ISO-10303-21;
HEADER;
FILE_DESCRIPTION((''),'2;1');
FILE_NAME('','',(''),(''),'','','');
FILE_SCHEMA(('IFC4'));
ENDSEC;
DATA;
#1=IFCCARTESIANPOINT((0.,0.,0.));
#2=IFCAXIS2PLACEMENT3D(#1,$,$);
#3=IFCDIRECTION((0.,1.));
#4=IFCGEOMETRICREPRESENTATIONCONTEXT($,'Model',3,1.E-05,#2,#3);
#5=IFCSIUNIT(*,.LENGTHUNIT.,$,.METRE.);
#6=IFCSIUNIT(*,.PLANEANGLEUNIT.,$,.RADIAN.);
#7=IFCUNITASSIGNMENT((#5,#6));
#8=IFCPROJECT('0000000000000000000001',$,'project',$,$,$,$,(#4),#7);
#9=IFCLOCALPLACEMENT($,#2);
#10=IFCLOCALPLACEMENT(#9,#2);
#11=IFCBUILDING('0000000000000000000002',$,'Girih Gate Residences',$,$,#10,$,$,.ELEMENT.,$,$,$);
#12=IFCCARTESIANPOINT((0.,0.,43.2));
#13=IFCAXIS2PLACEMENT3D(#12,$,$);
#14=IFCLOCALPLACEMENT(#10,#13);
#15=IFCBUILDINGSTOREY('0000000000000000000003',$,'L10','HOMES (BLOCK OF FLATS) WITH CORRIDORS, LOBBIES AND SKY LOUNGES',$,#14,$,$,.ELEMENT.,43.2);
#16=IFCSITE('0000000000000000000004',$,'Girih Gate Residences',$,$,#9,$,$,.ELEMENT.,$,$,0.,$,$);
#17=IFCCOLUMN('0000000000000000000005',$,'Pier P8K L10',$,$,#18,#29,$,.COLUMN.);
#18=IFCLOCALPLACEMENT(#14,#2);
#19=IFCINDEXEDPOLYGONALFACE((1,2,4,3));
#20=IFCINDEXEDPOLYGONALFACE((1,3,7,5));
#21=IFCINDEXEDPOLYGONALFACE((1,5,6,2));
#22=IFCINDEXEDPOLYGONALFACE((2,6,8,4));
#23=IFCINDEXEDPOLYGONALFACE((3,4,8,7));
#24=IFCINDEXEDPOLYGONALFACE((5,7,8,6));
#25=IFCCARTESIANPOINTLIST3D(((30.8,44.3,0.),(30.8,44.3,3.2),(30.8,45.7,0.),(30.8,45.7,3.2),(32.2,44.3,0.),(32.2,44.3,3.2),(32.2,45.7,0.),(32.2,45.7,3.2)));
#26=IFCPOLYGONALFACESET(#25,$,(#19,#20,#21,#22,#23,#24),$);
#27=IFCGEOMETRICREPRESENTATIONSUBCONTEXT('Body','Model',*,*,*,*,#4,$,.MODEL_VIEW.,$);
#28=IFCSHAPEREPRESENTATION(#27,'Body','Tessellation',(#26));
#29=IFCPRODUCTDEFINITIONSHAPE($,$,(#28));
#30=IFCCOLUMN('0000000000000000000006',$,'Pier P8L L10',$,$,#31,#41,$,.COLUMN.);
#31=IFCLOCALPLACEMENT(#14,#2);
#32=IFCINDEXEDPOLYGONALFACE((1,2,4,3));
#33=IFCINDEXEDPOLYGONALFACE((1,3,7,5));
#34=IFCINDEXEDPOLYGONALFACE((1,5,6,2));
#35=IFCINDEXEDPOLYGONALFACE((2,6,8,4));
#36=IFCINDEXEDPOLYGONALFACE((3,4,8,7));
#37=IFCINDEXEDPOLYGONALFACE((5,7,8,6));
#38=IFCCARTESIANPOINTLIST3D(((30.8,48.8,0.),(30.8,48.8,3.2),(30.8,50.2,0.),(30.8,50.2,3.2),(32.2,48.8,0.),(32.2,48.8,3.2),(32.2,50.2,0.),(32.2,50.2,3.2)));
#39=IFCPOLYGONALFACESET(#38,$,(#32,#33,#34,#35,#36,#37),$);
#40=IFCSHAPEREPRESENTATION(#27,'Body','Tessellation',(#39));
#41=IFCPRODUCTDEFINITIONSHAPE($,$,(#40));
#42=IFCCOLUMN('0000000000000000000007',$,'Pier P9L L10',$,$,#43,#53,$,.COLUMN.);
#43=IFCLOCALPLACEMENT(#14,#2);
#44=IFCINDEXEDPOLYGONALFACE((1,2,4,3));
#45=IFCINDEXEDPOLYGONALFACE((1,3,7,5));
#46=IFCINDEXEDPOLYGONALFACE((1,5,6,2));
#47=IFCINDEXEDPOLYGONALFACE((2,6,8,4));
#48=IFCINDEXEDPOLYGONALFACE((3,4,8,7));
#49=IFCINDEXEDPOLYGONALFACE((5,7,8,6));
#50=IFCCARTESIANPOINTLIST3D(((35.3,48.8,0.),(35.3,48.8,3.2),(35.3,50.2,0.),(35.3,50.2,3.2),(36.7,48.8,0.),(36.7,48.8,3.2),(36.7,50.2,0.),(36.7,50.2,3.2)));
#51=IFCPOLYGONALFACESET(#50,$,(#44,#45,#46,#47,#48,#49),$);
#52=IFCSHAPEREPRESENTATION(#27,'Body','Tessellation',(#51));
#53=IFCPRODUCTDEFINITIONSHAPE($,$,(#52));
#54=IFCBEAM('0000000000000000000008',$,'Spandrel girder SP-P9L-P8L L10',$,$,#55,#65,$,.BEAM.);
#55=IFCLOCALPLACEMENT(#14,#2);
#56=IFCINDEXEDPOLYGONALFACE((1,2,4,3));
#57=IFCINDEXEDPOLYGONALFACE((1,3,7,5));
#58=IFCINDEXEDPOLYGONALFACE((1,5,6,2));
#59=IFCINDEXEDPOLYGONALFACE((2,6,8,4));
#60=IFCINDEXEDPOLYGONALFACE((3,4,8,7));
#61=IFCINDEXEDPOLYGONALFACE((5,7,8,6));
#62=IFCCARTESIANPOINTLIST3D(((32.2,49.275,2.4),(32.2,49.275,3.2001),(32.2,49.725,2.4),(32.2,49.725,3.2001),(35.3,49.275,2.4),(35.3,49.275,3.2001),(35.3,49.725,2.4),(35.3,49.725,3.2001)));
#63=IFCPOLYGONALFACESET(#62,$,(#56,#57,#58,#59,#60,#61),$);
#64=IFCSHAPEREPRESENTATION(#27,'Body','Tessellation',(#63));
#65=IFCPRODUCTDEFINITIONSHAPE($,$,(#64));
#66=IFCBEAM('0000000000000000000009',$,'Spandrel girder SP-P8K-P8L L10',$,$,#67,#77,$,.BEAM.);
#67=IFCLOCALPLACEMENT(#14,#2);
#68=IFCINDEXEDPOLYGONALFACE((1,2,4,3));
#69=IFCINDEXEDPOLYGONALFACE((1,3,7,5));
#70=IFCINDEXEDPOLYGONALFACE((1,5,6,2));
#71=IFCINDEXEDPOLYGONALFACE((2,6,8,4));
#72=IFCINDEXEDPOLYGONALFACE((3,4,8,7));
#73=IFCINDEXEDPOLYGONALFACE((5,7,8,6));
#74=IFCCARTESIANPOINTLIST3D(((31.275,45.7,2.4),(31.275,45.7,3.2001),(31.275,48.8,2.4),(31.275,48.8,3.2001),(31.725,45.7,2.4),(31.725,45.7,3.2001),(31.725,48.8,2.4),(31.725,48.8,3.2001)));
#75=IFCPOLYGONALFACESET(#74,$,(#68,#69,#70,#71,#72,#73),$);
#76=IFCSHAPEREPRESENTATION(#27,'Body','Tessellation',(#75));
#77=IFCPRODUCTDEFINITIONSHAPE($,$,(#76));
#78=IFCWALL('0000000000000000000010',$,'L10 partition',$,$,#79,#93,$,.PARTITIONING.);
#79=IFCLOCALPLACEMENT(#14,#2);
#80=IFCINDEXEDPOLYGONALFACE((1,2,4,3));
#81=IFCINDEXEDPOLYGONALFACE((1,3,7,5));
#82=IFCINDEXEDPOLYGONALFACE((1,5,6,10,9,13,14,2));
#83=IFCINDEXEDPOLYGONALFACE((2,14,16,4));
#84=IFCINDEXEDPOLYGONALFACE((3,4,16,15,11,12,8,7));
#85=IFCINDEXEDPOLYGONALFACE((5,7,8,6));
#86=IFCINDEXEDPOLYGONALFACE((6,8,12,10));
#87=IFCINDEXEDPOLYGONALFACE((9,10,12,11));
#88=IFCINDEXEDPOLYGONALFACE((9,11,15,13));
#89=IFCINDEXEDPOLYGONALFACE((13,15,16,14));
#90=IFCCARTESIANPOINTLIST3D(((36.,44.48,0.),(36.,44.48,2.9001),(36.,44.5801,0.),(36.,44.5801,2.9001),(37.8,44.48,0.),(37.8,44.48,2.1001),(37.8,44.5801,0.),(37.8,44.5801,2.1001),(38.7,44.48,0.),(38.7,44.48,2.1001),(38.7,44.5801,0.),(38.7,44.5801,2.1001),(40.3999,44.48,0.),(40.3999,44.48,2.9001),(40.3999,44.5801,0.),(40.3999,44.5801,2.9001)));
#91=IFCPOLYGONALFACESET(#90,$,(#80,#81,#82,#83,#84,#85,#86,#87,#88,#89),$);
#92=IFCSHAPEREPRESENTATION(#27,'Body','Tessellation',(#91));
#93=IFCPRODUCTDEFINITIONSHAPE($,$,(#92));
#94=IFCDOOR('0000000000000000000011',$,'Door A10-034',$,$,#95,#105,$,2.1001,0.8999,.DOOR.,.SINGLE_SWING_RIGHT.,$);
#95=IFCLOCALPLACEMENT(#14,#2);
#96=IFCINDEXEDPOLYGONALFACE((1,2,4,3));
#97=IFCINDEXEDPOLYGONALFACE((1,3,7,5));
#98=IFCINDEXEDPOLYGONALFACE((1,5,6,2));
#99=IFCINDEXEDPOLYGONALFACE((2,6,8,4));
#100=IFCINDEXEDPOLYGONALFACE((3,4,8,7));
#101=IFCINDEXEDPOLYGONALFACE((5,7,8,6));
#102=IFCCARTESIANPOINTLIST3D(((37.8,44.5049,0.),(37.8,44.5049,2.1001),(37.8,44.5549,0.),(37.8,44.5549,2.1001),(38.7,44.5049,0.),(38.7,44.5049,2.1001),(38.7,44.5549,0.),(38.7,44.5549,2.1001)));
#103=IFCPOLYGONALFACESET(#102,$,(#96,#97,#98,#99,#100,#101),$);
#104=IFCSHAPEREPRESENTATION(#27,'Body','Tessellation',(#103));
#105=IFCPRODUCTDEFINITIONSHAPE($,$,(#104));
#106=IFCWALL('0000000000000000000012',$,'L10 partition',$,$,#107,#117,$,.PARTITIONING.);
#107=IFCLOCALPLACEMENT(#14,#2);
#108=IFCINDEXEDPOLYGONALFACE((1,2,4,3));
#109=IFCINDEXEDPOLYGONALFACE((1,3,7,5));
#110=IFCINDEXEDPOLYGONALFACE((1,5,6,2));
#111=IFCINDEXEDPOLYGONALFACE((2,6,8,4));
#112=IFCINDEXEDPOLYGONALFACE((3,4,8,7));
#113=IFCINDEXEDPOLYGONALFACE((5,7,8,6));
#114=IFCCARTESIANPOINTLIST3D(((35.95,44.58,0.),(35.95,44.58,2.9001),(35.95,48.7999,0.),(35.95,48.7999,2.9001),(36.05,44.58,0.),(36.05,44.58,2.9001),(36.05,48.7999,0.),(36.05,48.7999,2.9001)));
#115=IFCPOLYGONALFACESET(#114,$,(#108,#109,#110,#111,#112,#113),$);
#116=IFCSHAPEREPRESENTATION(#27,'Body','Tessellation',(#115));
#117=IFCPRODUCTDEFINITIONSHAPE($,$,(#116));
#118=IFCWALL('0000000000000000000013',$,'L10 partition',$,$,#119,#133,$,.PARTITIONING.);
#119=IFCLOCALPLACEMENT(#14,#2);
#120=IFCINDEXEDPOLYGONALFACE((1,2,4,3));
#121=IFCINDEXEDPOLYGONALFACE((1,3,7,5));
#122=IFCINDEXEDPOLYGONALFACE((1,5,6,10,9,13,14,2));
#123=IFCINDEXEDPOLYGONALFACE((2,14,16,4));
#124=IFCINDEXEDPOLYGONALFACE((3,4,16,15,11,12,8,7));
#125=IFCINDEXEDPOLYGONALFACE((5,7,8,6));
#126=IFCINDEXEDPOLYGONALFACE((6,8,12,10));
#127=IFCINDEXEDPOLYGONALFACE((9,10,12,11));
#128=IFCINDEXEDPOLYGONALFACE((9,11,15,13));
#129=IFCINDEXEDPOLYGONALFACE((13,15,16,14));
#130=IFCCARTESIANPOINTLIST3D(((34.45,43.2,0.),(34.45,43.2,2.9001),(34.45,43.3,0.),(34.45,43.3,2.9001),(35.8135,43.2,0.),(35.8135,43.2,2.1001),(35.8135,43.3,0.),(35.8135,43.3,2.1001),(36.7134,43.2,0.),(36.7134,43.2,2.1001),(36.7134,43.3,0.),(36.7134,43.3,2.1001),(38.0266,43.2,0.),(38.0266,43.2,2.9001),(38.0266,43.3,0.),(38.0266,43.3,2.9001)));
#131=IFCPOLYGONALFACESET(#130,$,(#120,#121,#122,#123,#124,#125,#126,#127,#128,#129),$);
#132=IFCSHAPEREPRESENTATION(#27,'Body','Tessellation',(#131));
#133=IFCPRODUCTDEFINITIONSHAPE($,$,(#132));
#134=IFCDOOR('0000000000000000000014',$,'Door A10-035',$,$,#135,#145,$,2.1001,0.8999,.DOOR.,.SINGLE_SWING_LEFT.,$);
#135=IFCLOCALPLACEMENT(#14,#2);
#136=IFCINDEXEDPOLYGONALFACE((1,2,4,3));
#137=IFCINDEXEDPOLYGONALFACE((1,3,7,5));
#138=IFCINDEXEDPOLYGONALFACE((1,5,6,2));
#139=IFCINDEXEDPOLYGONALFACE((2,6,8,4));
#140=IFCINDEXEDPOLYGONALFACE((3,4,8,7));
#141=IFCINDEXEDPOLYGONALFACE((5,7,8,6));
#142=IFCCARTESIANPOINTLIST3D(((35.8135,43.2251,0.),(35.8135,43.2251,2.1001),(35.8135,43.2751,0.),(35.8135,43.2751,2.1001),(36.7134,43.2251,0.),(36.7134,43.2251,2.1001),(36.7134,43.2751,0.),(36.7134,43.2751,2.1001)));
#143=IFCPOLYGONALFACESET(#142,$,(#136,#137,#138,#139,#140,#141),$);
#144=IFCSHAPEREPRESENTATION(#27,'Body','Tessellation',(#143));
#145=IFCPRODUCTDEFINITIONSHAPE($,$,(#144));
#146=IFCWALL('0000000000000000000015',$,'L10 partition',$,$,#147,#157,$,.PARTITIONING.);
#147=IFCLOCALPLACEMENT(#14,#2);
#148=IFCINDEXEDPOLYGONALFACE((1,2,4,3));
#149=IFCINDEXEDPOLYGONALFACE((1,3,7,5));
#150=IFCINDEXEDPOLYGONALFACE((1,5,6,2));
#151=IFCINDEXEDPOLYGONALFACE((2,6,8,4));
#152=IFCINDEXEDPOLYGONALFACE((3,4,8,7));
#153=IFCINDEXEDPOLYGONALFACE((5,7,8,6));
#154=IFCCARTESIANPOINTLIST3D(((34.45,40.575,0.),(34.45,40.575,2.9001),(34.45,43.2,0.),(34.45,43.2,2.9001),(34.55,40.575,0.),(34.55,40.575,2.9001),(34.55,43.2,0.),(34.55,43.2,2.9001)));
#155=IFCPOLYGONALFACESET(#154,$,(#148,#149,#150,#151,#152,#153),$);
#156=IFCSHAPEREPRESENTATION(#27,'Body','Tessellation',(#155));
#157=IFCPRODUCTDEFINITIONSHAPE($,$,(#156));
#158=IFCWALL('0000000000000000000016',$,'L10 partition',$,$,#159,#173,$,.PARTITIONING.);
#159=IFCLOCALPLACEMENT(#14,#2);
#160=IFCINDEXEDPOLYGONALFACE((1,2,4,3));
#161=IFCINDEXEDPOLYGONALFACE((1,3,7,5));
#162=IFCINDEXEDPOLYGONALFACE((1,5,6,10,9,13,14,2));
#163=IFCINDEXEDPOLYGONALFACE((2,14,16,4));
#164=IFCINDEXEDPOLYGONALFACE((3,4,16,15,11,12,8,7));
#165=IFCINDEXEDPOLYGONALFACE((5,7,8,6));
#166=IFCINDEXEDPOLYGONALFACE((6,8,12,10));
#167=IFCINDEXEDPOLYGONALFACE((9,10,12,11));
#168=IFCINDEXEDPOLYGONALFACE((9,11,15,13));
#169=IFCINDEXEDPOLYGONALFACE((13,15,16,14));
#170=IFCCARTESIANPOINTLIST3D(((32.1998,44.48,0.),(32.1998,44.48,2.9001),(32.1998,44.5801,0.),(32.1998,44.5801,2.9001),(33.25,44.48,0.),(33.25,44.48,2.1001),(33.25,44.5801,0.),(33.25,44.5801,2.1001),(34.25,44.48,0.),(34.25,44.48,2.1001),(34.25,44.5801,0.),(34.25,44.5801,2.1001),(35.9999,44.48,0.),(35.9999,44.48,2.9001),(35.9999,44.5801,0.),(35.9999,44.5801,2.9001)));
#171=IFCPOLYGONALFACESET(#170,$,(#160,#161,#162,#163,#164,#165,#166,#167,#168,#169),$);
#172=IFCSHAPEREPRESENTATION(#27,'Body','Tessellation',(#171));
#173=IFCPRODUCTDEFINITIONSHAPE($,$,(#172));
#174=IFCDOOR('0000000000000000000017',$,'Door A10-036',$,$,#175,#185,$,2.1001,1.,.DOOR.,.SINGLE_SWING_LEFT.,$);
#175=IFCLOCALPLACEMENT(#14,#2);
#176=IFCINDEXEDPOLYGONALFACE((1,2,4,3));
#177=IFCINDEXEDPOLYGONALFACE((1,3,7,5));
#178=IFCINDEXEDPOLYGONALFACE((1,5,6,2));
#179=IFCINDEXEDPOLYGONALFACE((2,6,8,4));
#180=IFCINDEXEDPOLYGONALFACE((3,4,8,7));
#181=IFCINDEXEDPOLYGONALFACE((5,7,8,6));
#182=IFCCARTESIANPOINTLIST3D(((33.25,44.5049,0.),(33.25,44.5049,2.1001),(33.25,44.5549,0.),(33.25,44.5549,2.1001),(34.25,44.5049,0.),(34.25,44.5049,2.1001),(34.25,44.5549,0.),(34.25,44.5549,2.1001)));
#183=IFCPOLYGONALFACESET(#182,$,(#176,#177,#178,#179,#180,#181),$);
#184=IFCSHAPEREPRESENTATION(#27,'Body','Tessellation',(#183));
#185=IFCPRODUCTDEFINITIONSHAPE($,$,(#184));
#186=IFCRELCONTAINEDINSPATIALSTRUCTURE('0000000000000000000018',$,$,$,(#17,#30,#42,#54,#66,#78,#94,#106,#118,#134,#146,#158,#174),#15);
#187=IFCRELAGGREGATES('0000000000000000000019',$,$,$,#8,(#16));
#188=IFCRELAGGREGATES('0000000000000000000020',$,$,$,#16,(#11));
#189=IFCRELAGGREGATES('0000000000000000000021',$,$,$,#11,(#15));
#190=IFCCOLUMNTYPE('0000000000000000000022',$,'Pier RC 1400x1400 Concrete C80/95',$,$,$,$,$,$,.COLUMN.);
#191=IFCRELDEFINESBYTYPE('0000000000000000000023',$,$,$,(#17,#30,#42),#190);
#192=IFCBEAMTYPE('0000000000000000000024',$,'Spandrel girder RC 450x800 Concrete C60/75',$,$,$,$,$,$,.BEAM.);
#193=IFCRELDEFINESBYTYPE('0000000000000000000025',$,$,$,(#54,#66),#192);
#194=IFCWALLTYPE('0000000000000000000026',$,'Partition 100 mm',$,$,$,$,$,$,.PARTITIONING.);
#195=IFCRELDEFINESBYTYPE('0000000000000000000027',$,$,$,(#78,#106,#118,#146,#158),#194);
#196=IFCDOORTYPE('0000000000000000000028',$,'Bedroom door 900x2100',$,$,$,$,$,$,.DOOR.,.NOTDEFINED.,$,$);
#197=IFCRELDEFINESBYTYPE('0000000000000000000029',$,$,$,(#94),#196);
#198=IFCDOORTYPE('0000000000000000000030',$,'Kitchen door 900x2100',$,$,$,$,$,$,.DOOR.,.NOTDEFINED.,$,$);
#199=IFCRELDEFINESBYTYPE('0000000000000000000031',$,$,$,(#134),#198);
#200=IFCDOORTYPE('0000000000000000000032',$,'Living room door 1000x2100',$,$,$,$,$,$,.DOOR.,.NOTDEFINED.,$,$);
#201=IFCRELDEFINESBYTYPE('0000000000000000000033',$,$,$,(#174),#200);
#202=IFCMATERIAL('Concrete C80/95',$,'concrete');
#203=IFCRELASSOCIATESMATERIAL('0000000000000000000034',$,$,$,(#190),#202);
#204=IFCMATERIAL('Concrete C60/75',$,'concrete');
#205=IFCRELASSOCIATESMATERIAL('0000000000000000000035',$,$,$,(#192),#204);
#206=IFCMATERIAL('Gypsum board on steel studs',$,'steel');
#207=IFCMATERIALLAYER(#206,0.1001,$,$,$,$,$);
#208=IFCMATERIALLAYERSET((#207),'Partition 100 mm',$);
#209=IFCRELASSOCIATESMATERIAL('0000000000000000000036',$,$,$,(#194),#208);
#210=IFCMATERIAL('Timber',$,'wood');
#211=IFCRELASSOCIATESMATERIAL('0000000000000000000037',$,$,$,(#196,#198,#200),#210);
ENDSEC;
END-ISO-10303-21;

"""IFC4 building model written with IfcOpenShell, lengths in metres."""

from ifc_helpers import new_model, si_unit, direction, frame, frame_2d, origin, origin_2d, place, context, subcontext, project, spatial, rectangle, extrude, material, layer, layer_set, material_profile, profile_set, type_object, element, fill, save


model = new_model("IFC4")

# Units and contexts
model_context = context("Model", 3, precision=1e-05, world=origin(), true_north=direction((0.0, 1.0)))
body_context = subcontext(model_context, "Body", "Model", "MODEL_VIEW")
ifc_project = project(units=[si_unit("LENGTHUNIT", "METRE"), si_unit("PLANEANGLEUNIT", "RADIAN")], contexts=[model_context])

# Site, building, storey
site_placement = place(None, origin())
site = spatial("IfcSite", under=ifc_project, at=site_placement, Name="Girih Gate Residences", CompositionType="ELEMENT", RefElevation=0.0)
building_placement = place(site_placement, origin())
building = spatial("IfcBuilding", under=site, at=building_placement, Name="Girih Gate Residences", CompositionType="ELEMENT")
storey_placement = place(building_placement, frame((0.0, 0.0, 43.2)))
storey = spatial("IfcBuildingStorey", under=building, at=storey_placement, Name="L10", Description="HOMES (BLOCK OF FLATS) WITH CORRIDORS, LOBBIES AND SKY LOUNGES", CompositionType="ELEMENT", Elevation=43.2)

# Columns
ifc_material_1 = material(Name="Concrete C80/95", Category="concrete")
ifc_material_profile_1 = material_profile(ifc_material_1, rectangle(XDim=1.3999, YDim=1.3999, at=origin_2d()))
ifc_profile_set_1 = profile_set([ifc_material_profile_1], Name="Concrete C80/95")
column_type = type_object("IfcColumnType", Name="Pier RC 1400x1400 Concrete C80/95", PredefinedType="COLUMN", material=ifc_profile_set_1)
for number, where, z_axis, x_axis, name in (
    (1, (31.5, 45.0, 0.0), (0.0, 0.0, 1.0), (1.0, 0.0, 0.0), "Pier P8K L10"),
    (2, (31.5, 49.5, 0.0), (0.0, 0.0, 1.0), (1.0, 0.0, 0.0), "Pier P8L L10"),
    (3, (36.0, 49.5, 0.0), (0.0, 0.0, 1.0), (1.0, 0.0, 0.0), "Pier P9L L10"),
):
    element("IfcColumn", number, at=place(storey_placement, frame(where, z_axis=z_axis, x_axis=x_axis)), inside=storey, type_object=column_type, Name=name, PredefinedType="COLUMN", context=body_context, shape_type="SweptSolid", body=[
        extrude(rectangle(XDim=1.3999, YDim=1.3999, at=origin_2d()), origin(), (0.0, 0.0, 1.0), 3.2),
    ])

# Beams
ifc_material_2 = material(Name="Concrete C60/75", Category="concrete")
ifc_material_profile_2 = material_profile(ifc_material_2, rectangle(XDim=0.45, YDim=0.8, at=origin_2d()))
ifc_profile_set_2 = profile_set([ifc_material_profile_2], Name="Concrete C60/75")
beam_type = type_object("IfcBeamType", Name="Spandrel girder RC 450x800 Concrete C60/75", PredefinedType="BEAM", material=ifc_profile_set_2)
for number, where, z_axis, x_axis, name in (
    (4, (35.3, 49.5, 2.8), (-1.0, 0.0, 0.0), (0.0, -1.0, 0.0), "Spandrel girder SP-P9L-P8L L10"),
    (5, (31.5, 45.7, 2.8), (0.0, 1.0, 0.0), (-1.0, 0.0, 0.0), "Spandrel girder SP-P8K-P8L L10"),
):
    element("IfcBeam", number, at=place(storey_placement, frame(where, z_axis=z_axis, x_axis=x_axis)), inside=storey, type_object=beam_type, Name=name, PredefinedType="BEAM", context=body_context, shape_type="SweptSolid", body=[
        extrude(rectangle(XDim=0.45, YDim=0.8, at=origin_2d()), origin(), (0.0, 0.0, 1.0), 3.1001),
    ])

# Wall, opening, door
ifc_material_3 = material(Name="Gypsum board on steel studs", Category="steel")
ifc_layer_1 = layer(ifc_material_3, 0.1001)
ifc_layer_set_1 = layer_set([ifc_layer_1], Name="Partition 100 mm")
wall_type_1 = type_object("IfcWallType", Name="Partition 100 mm", PredefinedType="PARTITIONING", material=ifc_layer_set_1)
wall_1_placement = place(storey_placement, frame((36.0, 44.53, 0.0), z_axis=(0.0, 0.0, 1.0), x_axis=(1.0, 0.0, 0.0)))
wall_1 = element("IfcWall", 6, at=wall_1_placement, inside=storey, type_object=wall_type_1, Name="L10 partition", PredefinedType="PARTITIONING", context=body_context, shape_type="SweptSolid", body=[
    extrude(rectangle(XDim=4.3999, YDim=0.1001, at=frame_2d((2.2, 0.0))), origin(), (0.0, 0.0, 1.0), 2.9001),
])
opening_1_placement = place(wall_1_placement, frame((1.8, 0.0, 0.0)))
opening_1 = element("IfcOpeningElement", 7, at=opening_1_placement, cuts=wall_1, PredefinedType="OPENING", context=body_context, shape_type="SweptSolid", body=[
    extrude(rectangle(XDim=0.8999, YDim=2.1001, at=frame_2d((0.45, 1.05))), frame((0.0, 0.0601, 0.0), z_axis=(0.0, -1.0, 0.0), x_axis=(1.0, 0.0, 0.0)), (0.0, 0.0, 1.0), 0.1201),
])
ifc_material_4 = material(Name="Timber", Category="wood")
door_type_1 = type_object("IfcDoorType", Name="Bedroom door 900x2100", OperationType="NOTDEFINED", PredefinedType="DOOR", material=ifc_material_4)
door_1_placement = place(opening_1_placement, origin())
door_1 = element("IfcDoor", 8, at=door_1_placement, inside=storey, type_object=door_type_1, Name="Door A10-034", OperationType="SINGLE_SWING_RIGHT", OverallHeight=2.1001, OverallWidth=0.8999, PredefinedType="DOOR", context=body_context, shape_type="SweptSolid", body=[
    extrude(rectangle(XDim=0.8999, YDim=2.1001, at=frame_2d((0.45, 1.05))), frame((0.0, 0.0249, 0.0), z_axis=(0.0, -1.0, 0.0), x_axis=(1.0, 0.0, 0.0)), (0.0, 0.0, 1.0), 0.05),
])
fill(opening_1, door_1)

# Wall
wall_2_placement = place(storey_placement, frame((36.0, 44.5801, 0.0), z_axis=(0.0, 0.0, 1.0), x_axis=(0.0, 1.0, 0.0)))
element("IfcWall", 9, at=wall_2_placement, inside=storey, type_object=wall_type_1, Name="L10 partition", PredefinedType="PARTITIONING", context=body_context, shape_type="SweptSolid", body=[
    extrude(rectangle(XDim=4.22, YDim=0.1001, at=frame_2d((2.1099, 0.0))), origin(), (0.0, 0.0, 1.0), 2.9001),
])

# Wall, opening, door
wall_3_placement = place(storey_placement, frame((38.0266, 43.25, 0.0), z_axis=(0.0, 0.0, 1.0), x_axis=(-1.0, 0.0, 0.0)))
wall_3 = element("IfcWall", 10, at=wall_3_placement, inside=storey, type_object=wall_type_1, Name="L10 partition", PredefinedType="PARTITIONING", context=body_context, shape_type="SweptSolid", body=[
    extrude(rectangle(XDim=3.5767, YDim=0.1001, at=frame_2d((1.7883, 0.0))), origin(), (0.0, 0.0, 1.0), 2.9001),
])
opening_2_placement = place(wall_3_placement, frame((1.3132, 0.0, 0.0)))
opening_2 = element("IfcOpeningElement", 11, at=opening_2_placement, cuts=wall_3, PredefinedType="OPENING", context=body_context, shape_type="SweptSolid", body=[
    extrude(rectangle(XDim=0.8999, YDim=2.1001, at=frame_2d((0.45, 1.05))), frame((0.0, 0.0601, 0.0), z_axis=(0.0, -1.0, 0.0), x_axis=(1.0, 0.0, 0.0)), (0.0, 0.0, 1.0), 0.1201),
])
door_type_2 = type_object("IfcDoorType", Name="Kitchen door 900x2100", OperationType="NOTDEFINED", PredefinedType="DOOR", material=ifc_material_4)
door_2_placement = place(opening_2_placement, origin())
door_2 = element("IfcDoor", 12, at=door_2_placement, inside=storey, type_object=door_type_2, Name="Door A10-035", OperationType="SINGLE_SWING_LEFT", OverallHeight=2.1001, OverallWidth=0.8999, PredefinedType="DOOR", context=body_context, shape_type="SweptSolid", body=[
    extrude(rectangle(XDim=0.8999, YDim=2.1001, at=frame_2d((0.45, 1.05))), frame((0.0, 0.0249, 0.0), z_axis=(0.0, -1.0, 0.0), x_axis=(1.0, 0.0, 0.0)), (0.0, 0.0, 1.0), 0.05),
])
fill(opening_2, door_2)

# Wall
wall_4_placement = place(storey_placement, frame((34.5, 40.575, 0.0), z_axis=(0.0, 0.0, 1.0), x_axis=(0.0, 1.0, 0.0)))
element("IfcWall", 13, at=wall_4_placement, inside=storey, type_object=wall_type_1, Name="L10 partition", PredefinedType="PARTITIONING", context=body_context, shape_type="SweptSolid", body=[
    extrude(rectangle(XDim=2.625, YDim=0.1001, at=frame_2d((1.3125, 0.0))), origin(), (0.0, 0.0, 1.0), 2.9001),
])

# Wall, opening, door
wall_5_placement = place(storey_placement, frame((32.2, 44.53, 0.0), z_axis=(0.0, 0.0, 1.0), x_axis=(1.0, 0.0, 0.0)))
wall_5 = element("IfcWall", 14, at=wall_5_placement, inside=storey, type_object=wall_type_1, Name="L10 partition", PredefinedType="PARTITIONING", context=body_context, shape_type="SweptSolid", body=[
    extrude(rectangle(XDim=3.8, YDim=0.1001, at=frame_2d((1.8999, 0.0))), origin(), (0.0, 0.0, 1.0), 2.9001),
])
opening_3_placement = place(wall_5_placement, frame((1.05, 0.0, 0.0)))
opening_3 = element("IfcOpeningElement", 15, at=opening_3_placement, cuts=wall_5, PredefinedType="OPENING", context=body_context, shape_type="SweptSolid", body=[
    extrude(rectangle(XDim=1.0, YDim=2.1001, at=frame_2d((0.5, 1.05))), frame((0.0, 0.0601, 0.0), z_axis=(0.0, -1.0, 0.0), x_axis=(1.0, 0.0, 0.0)), (0.0, 0.0, 1.0), 0.1201),
])
door_type_3 = type_object("IfcDoorType", Name="Living room door 1000x2100", OperationType="NOTDEFINED", PredefinedType="DOOR", material=ifc_material_4)
door_3_placement = place(opening_3_placement, origin())
door_3 = element("IfcDoor", 16, at=door_3_placement, inside=storey, type_object=door_type_3, Name="Door A10-036", OperationType="SINGLE_SWING_LEFT", OverallHeight=2.1001, OverallWidth=1.0, PredefinedType="DOOR", context=body_context, shape_type="SweptSolid", body=[
    extrude(rectangle(XDim=1.0, YDim=2.1001, at=frame_2d((0.5, 1.05))), frame((0.0, 0.0249, 0.0), z_axis=(0.0, -1.0, 0.0), x_axis=(1.0, 0.0, 0.0)), (0.0, 0.0, 1.0), 0.05),
])
fill(opening_3, door_3)

save(model, "model.ifc")
